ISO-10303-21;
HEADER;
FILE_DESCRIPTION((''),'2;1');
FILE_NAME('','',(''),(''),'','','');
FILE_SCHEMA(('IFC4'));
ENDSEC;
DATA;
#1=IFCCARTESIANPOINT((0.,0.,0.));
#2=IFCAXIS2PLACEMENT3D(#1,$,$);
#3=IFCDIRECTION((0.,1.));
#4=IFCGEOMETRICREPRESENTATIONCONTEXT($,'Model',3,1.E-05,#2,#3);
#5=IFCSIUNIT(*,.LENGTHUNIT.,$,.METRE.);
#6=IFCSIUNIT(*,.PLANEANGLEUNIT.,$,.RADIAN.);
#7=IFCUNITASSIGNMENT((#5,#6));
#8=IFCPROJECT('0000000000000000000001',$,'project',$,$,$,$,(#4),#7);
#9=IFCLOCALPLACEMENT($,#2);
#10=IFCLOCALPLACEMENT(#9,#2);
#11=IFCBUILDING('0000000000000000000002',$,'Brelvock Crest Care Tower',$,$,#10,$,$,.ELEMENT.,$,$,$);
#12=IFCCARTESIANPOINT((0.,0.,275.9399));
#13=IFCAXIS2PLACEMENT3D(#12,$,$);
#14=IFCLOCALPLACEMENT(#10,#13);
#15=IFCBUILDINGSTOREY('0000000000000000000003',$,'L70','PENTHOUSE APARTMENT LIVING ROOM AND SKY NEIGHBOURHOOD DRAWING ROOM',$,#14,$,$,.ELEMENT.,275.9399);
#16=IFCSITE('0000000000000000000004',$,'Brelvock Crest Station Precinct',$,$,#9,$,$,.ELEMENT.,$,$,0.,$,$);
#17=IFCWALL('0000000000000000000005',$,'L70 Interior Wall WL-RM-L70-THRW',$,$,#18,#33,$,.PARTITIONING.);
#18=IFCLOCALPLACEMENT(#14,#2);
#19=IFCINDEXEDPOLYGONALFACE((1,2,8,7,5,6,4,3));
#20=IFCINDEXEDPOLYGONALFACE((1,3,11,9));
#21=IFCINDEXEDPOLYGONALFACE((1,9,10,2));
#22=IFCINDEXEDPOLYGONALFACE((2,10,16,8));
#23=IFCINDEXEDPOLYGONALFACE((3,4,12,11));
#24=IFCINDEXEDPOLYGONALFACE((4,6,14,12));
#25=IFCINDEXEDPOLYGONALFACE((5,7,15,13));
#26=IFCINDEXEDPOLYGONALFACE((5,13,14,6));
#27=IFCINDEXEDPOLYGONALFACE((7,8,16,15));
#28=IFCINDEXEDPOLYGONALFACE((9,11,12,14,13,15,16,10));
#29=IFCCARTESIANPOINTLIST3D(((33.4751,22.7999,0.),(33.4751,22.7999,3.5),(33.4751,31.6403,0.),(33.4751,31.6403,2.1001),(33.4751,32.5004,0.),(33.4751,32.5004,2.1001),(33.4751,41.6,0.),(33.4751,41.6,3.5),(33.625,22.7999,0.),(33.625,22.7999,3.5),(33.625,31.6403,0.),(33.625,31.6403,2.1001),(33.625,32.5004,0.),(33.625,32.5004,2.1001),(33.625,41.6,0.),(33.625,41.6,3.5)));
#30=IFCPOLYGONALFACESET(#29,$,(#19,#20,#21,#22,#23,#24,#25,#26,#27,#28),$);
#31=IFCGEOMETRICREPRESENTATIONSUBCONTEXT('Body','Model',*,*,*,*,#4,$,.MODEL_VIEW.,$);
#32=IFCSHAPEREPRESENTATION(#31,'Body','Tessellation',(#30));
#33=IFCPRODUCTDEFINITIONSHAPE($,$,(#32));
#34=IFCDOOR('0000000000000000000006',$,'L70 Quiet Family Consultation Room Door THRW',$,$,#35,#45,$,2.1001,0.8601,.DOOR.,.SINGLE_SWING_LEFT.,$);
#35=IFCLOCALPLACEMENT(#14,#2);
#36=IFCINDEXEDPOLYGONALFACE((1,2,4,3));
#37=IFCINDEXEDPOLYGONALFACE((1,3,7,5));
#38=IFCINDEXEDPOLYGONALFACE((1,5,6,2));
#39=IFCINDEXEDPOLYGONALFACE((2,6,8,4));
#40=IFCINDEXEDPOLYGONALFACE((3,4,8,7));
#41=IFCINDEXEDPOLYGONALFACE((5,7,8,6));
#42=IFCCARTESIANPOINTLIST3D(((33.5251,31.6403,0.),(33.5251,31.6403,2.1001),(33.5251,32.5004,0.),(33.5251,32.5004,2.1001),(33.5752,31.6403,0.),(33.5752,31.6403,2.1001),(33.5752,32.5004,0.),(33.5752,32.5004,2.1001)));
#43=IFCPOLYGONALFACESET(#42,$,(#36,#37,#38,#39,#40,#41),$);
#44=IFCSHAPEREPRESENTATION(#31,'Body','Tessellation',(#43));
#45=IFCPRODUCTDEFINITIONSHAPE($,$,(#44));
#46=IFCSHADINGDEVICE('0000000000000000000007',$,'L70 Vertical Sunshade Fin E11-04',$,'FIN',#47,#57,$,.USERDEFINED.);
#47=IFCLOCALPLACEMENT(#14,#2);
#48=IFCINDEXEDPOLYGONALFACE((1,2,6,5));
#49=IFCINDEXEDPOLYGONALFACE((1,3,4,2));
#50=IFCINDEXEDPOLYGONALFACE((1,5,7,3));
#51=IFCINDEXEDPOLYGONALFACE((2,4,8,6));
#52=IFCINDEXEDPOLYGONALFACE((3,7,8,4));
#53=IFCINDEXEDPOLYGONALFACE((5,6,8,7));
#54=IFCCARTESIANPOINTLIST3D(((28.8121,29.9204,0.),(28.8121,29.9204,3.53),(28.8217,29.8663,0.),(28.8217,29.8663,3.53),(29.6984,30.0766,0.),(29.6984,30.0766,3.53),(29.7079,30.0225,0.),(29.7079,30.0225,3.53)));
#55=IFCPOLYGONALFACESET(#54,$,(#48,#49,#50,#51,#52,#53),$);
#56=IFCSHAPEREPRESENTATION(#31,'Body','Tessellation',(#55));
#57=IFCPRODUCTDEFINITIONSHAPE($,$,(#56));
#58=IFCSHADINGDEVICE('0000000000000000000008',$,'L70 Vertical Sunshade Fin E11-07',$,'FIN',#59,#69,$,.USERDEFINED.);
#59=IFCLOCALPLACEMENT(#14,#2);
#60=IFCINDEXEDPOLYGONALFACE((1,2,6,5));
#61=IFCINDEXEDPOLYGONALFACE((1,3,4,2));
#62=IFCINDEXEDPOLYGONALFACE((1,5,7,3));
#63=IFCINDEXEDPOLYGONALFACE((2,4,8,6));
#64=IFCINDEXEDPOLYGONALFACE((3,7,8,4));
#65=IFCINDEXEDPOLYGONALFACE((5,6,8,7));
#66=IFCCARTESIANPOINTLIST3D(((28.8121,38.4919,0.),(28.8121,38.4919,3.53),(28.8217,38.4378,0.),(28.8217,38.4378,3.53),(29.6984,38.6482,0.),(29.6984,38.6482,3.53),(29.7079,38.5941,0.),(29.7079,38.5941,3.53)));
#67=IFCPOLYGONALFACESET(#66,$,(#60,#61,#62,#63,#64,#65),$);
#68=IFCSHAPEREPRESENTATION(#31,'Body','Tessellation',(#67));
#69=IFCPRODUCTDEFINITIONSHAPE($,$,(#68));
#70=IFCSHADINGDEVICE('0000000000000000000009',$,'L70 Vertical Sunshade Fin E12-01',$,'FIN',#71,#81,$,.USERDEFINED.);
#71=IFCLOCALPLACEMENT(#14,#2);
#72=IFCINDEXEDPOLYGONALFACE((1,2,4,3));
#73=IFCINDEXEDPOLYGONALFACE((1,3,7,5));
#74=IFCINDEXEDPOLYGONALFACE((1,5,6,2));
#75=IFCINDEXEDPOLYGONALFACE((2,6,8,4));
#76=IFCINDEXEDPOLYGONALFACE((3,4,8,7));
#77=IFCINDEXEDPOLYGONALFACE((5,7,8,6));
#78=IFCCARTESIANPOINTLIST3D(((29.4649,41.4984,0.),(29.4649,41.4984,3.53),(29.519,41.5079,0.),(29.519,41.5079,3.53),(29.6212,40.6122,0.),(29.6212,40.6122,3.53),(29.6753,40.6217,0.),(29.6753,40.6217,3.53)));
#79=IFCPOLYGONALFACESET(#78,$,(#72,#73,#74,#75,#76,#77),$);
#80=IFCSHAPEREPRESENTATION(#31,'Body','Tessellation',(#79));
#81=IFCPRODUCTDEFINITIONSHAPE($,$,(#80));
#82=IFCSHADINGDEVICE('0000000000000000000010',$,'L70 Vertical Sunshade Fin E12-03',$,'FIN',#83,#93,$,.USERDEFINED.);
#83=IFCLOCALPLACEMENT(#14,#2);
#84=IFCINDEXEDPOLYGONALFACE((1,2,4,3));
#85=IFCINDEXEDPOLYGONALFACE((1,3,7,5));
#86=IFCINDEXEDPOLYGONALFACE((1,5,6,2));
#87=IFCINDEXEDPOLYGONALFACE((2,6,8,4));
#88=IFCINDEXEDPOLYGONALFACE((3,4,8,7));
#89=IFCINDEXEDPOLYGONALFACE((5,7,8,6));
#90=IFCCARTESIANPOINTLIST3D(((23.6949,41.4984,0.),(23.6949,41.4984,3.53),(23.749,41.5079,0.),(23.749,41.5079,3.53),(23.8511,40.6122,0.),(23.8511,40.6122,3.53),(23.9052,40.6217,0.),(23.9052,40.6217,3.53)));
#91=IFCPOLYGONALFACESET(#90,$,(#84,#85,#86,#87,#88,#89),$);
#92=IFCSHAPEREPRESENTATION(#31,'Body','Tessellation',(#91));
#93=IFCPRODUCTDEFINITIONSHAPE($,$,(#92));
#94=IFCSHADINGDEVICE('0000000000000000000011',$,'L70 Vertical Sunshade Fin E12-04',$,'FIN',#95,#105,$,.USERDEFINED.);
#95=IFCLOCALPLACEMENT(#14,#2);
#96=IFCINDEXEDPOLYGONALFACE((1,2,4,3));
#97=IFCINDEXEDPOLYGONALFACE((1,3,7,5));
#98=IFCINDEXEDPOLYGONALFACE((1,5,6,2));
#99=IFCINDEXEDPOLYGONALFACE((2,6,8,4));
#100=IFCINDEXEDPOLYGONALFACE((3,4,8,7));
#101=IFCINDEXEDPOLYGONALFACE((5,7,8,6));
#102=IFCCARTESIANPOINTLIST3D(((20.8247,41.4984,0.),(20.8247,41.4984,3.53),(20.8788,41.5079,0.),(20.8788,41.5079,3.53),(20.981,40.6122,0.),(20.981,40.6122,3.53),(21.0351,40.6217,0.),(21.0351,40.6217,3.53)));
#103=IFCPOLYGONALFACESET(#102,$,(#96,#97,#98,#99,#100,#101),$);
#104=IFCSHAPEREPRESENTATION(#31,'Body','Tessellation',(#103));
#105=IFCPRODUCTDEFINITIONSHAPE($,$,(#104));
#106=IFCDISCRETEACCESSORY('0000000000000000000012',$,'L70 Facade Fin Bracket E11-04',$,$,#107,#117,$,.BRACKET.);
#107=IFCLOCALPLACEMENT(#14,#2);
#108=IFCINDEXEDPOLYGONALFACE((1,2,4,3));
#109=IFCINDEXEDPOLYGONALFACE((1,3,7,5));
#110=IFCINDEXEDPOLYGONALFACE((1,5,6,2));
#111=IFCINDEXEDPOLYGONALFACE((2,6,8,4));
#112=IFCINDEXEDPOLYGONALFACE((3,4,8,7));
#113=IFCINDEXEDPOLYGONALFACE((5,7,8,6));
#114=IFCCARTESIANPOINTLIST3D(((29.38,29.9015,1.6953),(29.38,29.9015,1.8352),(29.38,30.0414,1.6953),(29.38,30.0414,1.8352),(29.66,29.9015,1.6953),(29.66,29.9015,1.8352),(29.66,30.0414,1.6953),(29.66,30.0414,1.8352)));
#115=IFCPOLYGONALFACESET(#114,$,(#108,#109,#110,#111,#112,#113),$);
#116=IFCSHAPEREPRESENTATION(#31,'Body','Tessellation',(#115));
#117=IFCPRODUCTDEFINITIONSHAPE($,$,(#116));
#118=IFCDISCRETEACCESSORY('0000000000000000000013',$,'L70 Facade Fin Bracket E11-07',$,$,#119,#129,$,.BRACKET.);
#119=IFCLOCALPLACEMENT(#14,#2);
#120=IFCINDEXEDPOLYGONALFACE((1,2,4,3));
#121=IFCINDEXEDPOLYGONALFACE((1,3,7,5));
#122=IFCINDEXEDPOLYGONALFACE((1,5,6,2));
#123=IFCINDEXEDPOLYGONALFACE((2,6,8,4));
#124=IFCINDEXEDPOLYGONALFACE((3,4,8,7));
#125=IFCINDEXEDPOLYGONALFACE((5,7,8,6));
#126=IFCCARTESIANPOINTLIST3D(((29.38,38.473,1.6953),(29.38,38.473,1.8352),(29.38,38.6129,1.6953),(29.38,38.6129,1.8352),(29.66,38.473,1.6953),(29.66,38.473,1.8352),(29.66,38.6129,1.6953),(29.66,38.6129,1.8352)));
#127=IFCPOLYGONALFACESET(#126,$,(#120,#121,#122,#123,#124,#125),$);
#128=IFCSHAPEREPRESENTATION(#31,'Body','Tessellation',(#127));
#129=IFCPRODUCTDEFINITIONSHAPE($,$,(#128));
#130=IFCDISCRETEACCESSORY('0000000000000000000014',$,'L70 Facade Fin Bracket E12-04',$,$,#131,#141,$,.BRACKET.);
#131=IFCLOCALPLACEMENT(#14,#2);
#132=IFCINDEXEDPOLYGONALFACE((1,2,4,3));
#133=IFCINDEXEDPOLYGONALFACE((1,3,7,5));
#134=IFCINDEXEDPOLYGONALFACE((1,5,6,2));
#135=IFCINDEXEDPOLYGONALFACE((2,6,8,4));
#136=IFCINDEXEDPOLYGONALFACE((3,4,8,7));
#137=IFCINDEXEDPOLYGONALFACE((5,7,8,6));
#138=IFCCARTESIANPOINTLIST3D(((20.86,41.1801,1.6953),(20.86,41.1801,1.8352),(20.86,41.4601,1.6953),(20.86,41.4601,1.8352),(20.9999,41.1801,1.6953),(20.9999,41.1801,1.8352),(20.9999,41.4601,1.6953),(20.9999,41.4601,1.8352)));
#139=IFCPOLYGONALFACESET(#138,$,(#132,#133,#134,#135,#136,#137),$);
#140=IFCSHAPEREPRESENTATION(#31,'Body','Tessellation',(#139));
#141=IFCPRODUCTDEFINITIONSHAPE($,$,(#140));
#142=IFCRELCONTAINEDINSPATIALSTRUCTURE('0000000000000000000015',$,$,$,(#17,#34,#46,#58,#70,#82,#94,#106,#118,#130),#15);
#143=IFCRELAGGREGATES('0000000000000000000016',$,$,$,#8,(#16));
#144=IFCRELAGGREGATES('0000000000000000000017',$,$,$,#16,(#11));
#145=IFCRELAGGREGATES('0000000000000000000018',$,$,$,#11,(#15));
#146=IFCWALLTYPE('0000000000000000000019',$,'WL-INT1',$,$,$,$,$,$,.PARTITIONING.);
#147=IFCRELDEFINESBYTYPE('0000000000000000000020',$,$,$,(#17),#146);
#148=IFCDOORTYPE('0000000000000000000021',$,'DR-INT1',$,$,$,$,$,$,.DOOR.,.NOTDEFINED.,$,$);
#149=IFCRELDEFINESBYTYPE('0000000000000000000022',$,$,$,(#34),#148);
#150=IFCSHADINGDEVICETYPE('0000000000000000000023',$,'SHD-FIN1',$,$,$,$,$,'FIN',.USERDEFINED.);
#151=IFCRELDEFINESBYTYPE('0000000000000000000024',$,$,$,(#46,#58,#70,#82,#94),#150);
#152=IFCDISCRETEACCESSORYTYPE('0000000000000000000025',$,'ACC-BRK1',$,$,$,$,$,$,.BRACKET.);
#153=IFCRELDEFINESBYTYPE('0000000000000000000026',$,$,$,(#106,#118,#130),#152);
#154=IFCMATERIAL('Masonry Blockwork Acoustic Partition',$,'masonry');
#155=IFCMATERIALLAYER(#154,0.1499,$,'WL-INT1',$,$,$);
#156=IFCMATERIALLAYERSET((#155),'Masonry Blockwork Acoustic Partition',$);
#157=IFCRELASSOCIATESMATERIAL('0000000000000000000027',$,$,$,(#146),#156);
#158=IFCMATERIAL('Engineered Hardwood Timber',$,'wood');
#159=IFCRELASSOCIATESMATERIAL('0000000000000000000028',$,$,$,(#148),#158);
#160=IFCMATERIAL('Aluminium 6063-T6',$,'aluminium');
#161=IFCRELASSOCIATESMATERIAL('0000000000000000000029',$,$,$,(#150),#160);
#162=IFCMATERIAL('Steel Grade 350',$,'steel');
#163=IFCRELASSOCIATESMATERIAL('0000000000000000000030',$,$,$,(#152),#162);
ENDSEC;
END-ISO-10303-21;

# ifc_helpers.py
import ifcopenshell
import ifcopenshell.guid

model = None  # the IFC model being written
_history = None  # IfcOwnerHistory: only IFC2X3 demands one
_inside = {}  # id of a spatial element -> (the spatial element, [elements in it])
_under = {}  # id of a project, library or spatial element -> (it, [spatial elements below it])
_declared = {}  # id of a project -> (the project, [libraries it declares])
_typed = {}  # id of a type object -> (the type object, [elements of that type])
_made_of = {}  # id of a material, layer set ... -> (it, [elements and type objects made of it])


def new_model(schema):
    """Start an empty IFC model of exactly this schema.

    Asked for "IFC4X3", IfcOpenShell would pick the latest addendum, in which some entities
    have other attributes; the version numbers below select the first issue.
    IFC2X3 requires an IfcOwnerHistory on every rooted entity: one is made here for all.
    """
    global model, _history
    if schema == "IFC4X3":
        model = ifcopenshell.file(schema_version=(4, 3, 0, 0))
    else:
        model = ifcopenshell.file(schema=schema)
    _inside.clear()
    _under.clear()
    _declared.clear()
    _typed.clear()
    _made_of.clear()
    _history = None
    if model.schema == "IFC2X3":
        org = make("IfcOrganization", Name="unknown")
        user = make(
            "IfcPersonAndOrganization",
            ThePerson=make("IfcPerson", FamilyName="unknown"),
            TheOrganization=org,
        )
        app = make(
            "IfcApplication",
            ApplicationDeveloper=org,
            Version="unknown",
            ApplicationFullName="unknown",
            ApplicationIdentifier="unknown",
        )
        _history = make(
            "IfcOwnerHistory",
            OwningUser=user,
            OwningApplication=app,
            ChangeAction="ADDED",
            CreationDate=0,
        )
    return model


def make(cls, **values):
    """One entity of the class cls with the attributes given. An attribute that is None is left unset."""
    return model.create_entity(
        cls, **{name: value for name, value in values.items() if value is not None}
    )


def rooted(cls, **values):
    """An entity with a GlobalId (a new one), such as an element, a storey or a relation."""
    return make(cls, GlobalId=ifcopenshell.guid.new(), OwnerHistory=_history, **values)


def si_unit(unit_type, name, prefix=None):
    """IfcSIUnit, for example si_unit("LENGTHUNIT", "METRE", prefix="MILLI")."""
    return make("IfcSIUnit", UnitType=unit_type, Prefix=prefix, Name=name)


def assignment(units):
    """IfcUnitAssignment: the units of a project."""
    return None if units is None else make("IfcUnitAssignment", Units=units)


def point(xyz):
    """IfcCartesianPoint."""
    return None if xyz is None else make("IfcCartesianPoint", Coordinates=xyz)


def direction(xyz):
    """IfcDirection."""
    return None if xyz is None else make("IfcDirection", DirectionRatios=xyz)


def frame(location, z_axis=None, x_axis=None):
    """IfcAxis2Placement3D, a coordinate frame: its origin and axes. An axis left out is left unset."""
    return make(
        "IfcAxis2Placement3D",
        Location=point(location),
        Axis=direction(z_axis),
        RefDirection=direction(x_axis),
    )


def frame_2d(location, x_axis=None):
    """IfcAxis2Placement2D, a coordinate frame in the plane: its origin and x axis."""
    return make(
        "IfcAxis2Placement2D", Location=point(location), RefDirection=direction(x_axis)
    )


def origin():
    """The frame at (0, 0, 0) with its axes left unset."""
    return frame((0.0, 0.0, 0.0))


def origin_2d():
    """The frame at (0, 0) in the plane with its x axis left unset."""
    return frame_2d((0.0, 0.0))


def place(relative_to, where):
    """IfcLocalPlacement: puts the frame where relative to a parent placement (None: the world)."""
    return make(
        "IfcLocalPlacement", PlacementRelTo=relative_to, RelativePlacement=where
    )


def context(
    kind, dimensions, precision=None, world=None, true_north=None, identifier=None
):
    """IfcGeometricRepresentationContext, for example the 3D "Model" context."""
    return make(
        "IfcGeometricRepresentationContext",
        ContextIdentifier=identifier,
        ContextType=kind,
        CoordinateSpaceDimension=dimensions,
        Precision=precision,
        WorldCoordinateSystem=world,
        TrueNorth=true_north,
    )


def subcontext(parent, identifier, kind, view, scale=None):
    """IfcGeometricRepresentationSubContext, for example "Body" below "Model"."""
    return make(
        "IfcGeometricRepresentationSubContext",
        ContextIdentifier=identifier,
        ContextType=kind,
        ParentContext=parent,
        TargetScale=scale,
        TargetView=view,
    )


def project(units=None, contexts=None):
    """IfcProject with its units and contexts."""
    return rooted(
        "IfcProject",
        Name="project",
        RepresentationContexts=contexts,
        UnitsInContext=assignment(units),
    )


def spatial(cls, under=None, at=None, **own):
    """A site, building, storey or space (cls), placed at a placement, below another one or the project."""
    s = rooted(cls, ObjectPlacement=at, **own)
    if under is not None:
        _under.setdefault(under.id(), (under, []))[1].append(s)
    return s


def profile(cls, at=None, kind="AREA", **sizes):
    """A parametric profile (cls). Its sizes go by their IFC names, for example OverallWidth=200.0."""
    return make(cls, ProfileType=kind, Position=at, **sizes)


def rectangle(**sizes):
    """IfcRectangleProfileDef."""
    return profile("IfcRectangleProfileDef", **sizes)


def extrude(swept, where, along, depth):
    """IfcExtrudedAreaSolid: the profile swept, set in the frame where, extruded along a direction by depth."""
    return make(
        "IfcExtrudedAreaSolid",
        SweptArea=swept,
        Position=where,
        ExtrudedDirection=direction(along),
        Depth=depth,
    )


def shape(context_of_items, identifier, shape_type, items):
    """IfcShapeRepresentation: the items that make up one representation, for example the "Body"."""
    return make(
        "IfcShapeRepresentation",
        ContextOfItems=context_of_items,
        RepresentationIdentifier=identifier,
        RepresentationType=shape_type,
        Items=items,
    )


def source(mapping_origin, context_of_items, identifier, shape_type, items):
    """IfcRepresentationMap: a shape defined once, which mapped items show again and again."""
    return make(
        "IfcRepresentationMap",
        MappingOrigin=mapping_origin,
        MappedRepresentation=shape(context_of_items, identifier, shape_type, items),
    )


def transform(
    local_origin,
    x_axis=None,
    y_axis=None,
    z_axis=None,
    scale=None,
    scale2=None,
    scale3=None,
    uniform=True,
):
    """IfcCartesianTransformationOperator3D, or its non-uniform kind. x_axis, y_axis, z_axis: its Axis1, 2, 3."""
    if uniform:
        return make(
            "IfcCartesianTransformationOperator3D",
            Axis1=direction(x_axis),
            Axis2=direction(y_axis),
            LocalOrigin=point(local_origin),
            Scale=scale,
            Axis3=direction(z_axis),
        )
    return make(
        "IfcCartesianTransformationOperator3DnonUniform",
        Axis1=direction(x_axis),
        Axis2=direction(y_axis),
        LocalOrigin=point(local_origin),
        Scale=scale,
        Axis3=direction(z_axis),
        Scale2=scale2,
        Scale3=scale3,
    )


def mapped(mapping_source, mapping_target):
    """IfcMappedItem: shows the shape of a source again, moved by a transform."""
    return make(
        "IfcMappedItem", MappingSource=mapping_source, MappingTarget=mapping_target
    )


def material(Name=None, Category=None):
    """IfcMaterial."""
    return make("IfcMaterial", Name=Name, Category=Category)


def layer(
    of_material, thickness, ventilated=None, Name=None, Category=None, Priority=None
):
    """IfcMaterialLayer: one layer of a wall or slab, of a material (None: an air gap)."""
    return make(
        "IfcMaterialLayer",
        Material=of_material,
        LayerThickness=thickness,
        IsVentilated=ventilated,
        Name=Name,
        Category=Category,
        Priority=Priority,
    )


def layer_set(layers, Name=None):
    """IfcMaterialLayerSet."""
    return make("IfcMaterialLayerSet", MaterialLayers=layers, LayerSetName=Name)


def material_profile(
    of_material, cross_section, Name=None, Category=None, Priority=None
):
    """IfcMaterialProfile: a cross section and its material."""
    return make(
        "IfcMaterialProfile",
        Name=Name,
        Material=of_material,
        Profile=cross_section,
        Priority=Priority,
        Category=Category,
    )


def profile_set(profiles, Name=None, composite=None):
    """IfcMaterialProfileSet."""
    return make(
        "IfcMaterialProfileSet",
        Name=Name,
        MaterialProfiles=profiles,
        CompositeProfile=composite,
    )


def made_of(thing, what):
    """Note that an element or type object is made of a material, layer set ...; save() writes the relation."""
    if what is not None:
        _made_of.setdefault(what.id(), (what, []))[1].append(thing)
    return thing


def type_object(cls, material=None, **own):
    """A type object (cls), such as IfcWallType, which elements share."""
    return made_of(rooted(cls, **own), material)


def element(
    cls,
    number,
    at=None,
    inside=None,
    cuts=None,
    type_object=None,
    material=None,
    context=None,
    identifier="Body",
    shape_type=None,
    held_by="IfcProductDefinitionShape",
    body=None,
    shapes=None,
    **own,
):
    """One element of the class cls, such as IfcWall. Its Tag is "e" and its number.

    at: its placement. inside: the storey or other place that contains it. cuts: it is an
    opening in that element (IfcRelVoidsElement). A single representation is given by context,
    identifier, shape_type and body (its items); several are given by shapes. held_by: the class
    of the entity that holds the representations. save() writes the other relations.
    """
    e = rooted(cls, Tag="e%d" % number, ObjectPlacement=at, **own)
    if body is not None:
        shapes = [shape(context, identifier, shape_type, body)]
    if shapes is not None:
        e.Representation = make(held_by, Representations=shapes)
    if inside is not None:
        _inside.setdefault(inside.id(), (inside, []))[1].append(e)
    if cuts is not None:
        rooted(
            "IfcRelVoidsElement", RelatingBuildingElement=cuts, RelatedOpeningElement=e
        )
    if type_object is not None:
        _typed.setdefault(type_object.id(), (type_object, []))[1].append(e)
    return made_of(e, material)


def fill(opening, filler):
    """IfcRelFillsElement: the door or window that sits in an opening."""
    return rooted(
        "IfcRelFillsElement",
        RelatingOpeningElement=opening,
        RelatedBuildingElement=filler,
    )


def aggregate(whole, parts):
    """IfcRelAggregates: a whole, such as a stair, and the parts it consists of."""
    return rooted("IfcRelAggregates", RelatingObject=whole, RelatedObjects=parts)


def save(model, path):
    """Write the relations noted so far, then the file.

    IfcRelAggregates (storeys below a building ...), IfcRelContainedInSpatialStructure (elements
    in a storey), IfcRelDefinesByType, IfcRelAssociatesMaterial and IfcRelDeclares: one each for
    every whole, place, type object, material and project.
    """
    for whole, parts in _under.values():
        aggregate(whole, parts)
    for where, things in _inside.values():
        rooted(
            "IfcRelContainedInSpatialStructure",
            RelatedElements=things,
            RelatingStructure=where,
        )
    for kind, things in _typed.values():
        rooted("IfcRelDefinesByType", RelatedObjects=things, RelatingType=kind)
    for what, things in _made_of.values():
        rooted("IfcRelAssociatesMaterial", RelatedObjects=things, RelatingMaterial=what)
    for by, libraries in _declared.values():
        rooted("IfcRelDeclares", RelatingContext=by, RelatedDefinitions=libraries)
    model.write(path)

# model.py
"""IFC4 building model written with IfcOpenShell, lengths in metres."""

from ifc_helpers import new_model, si_unit, direction, frame, frame_2d, origin, origin_2d, place, context, subcontext, project, spatial, rectangle, extrude, source, transform, mapped, material, layer, layer_set, material_profile, profile_set, type_object, element, fill, save


model = new_model("IFC4")

# Units and contexts
model_context = context("Model", 3, precision=1e-05, world=origin(), true_north=direction((0.0, 1.0)))
body_context = subcontext(model_context, "Body", "Model", "MODEL_VIEW")
ifc_project = project(units=[si_unit("LENGTHUNIT", "METRE"), si_unit("PLANEANGLEUNIT", "RADIAN")], contexts=[model_context])

# Site, building, storey
site_placement = place(None, origin())
site = spatial("IfcSite", under=ifc_project, at=site_placement, Name="Brelvock Crest Station Precinct", CompositionType="ELEMENT", RefElevation=0.0)
building_placement = place(site_placement, origin())
building = spatial("IfcBuilding", under=site, at=building_placement, Name="Brelvock Crest Care Tower", CompositionType="ELEMENT")
storey_placement = place(building_placement, frame((0.0, 0.0, 275.9399)))
storey = spatial("IfcBuildingStorey", under=building, at=storey_placement, Name="L70", Description="PENTHOUSE APARTMENT LIVING ROOM AND SKY NEIGHBOURHOOD DRAWING ROOM", CompositionType="ELEMENT", Elevation=275.9399)

# Shared definitions
ifc_material_1 = material(Name="Aluminium 6063-T6", Category="aluminium")

# Wall, opening, door
ifc_material_2 = material(Name="Masonry Blockwork Acoustic Partition", Category="masonry")
ifc_layer_1 = layer(ifc_material_2, 0.1499, Name="WL-INT1")
ifc_layer_set_1 = layer_set([ifc_layer_1], Name="Masonry Blockwork Acoustic Partition")
wall_type = type_object("IfcWallType", Name="WL-INT1", PredefinedType="PARTITIONING", material=ifc_layer_set_1)
wall_placement = place(storey_placement, frame((33.55, 22.8, 0.0), z_axis=(0.0, 0.0, 1.0), x_axis=(0.0, 1.0, 0.0)))
wall = element("IfcWall", 1, at=wall_placement, inside=storey, type_object=wall_type, Name="L70 Interior Wall WL-RM-L70-THRW", PredefinedType="PARTITIONING", context=body_context, shape_type="SweptSolid", body=[
    extrude(rectangle(XDim=18.8, YDim=0.1499, at=frame_2d((9.3999, 0.0))), origin(), (0.0, 0.0, 1.0), 3.5),
])
opening_placement = place(wall_placement, frame((8.8401, 0.0, 0.0)))
opening = element("IfcOpeningElement", 2, at=opening_placement, cuts=wall, PredefinedType="OPENING", context=body_context, shape_type="SweptSolid", body=[
    extrude(rectangle(XDim=0.8601, YDim=2.1001, at=origin_2d()), frame((0.4302, 0.085, 1.05), z_axis=(0.0, -1.0, 0.0), x_axis=(1.0, 0.0, 0.0)), (0.0, 0.0, 1.0), 0.1699),
])
ifc_material_3 = material(Name="Engineered Hardwood Timber", Category="wood")
door_type = type_object("IfcDoorType", Name="DR-INT1", OperationType="NOTDEFINED", PredefinedType="DOOR", material=ifc_material_3)
shared_shape_1 = source(origin(), body_context, "Body", "SweptSolid", [
    extrude(rectangle(XDim=0.8601, YDim=2.1001, at=origin_2d()), frame((0.4302, 0.0249, 1.05), z_axis=(0.0, -1.0, 0.0), x_axis=(1.0, 0.0, 0.0)), (0.0, 0.0, 1.0), 0.05),
])
door_placement = place(opening_placement, origin())
door = element("IfcDoor", 3, at=door_placement, inside=storey, type_object=door_type, Name="L70 Quiet Family Consultation Room Door THRW", OperationType="SINGLE_SWING_LEFT", OverallHeight=2.1001, OverallWidth=0.8601, PredefinedType="DOOR", context=body_context, shape_type="MappedRepresentation", body=[
    mapped(shared_shape_1, transform((0.0, 0.0, 0.0), x_axis=(1.0, 0.0, 0.0), y_axis=(0.0, 1.0, 0.0), z_axis=(0.0, 0.0, 1.0), scale=1.0)),
])
fill(opening, door)

# Shading devices
ifc_material_profile_1 = material_profile(ifc_material_1, rectangle(XDim=0.0549, YDim=0.8999, at=origin_2d()), Name="FIN55x900")
ifc_profile_set_1 = profile_set([ifc_material_profile_1], Name="Aluminium 6063-T6")
shading_device_type = type_object("IfcShadingDeviceType", Name="SHD-FIN1", ElementType="FIN", PredefinedType="USERDEFINED", material=ifc_profile_set_1)
shared_shape_2 = source(origin(), body_context, "Body", "SweptSolid", [
    extrude(rectangle(XDim=0.0549, YDim=0.8999, at=origin_2d()), origin(), (0.0, 0.0, 1.0), 3.53),
])
for number, where, z_axis, x_axis, name in (
    (4, (29.26, 29.9714, 0.0), (0.0, 0.0, 1.0), (-0.173648, 0.984808, 0.0), "L70 Vertical Sunshade Fin E11-04"),
    (5, (29.26, 38.543, 0.0), (0.0, 0.0, 1.0), (-0.173648, 0.984808, 0.0), "L70 Vertical Sunshade Fin E11-07"),
    (6, (29.5701, 41.0601, 0.0), (0.0, 0.0, 1.0), (-0.984808, -0.173648, 0.0), "L70 Vertical Sunshade Fin E12-01"),
    (7, (23.8, 41.0601, 0.0), (0.0, 0.0, 1.0), (-0.984808, -0.173648, 0.0), "L70 Vertical Sunshade Fin E12-03"),
    (8, (20.9299, 41.0601, 0.0), (0.0, 0.0, 1.0), (-0.984808, -0.173648, 0.0), "L70 Vertical Sunshade Fin E12-04"),
):
    element("IfcShadingDevice", number, at=place(storey_placement, frame(where, z_axis=z_axis, x_axis=x_axis)), inside=storey, type_object=shading_device_type, Name=name, ObjectType="FIN", PredefinedType="USERDEFINED", context=body_context, shape_type="MappedRepresentation", body=[
        mapped(shared_shape_2, transform((0.0, 0.0, 0.0), x_axis=(1.0, 0.0, 0.0), y_axis=(0.0, 1.0, 0.0), z_axis=(0.0, 0.0, 1.0), scale=1.0)),
    ])

# Discrete accessories
ifc_material_4 = material(Name="Steel Grade 350", Category="steel")
discrete_accessory_type = type_object("IfcDiscreteAccessoryType", Name="ACC-BRK1", PredefinedType="BRACKET", material=ifc_material_4)
shared_shape_3 = source(origin(), body_context, "Body", "SweptSolid", [
    extrude(rectangle(XDim=0.28, YDim=0.1399, at=origin_2d()), origin(), (0.0, 0.0, 1.0), 0.1399),
])
for number, where, z_axis, x_axis, name in (
    (9, (29.52, 29.9714, 1.6953), (0.0, 0.0, 1.0), (-1.0, 0.0, 0.0), "L70 Facade Fin Bracket E11-04"),
    (10, (29.52, 38.543, 1.6953), (0.0, 0.0, 1.0), (-1.0, 0.0, 0.0), "L70 Facade Fin Bracket E11-07"),
    (11, (20.9299, 41.3201, 1.6953), (0.0, 0.0, 1.0), (0.0, -1.0, 0.0), "L70 Facade Fin Bracket E12-04"),
):
    element("IfcDiscreteAccessory", number, at=place(storey_placement, frame(where, z_axis=z_axis, x_axis=x_axis)), inside=storey, type_object=discrete_accessory_type, Name=name, PredefinedType="BRACKET", context=body_context, shape_type="MappedRepresentation", body=[
        mapped(shared_shape_3, transform((0.0, 0.0, 0.0), x_axis=(1.0, 0.0, 0.0), y_axis=(0.0, 1.0, 0.0), z_axis=(0.0, 0.0, 1.0), scale=1.0)),
    ])

save(model, "model.ifc")
